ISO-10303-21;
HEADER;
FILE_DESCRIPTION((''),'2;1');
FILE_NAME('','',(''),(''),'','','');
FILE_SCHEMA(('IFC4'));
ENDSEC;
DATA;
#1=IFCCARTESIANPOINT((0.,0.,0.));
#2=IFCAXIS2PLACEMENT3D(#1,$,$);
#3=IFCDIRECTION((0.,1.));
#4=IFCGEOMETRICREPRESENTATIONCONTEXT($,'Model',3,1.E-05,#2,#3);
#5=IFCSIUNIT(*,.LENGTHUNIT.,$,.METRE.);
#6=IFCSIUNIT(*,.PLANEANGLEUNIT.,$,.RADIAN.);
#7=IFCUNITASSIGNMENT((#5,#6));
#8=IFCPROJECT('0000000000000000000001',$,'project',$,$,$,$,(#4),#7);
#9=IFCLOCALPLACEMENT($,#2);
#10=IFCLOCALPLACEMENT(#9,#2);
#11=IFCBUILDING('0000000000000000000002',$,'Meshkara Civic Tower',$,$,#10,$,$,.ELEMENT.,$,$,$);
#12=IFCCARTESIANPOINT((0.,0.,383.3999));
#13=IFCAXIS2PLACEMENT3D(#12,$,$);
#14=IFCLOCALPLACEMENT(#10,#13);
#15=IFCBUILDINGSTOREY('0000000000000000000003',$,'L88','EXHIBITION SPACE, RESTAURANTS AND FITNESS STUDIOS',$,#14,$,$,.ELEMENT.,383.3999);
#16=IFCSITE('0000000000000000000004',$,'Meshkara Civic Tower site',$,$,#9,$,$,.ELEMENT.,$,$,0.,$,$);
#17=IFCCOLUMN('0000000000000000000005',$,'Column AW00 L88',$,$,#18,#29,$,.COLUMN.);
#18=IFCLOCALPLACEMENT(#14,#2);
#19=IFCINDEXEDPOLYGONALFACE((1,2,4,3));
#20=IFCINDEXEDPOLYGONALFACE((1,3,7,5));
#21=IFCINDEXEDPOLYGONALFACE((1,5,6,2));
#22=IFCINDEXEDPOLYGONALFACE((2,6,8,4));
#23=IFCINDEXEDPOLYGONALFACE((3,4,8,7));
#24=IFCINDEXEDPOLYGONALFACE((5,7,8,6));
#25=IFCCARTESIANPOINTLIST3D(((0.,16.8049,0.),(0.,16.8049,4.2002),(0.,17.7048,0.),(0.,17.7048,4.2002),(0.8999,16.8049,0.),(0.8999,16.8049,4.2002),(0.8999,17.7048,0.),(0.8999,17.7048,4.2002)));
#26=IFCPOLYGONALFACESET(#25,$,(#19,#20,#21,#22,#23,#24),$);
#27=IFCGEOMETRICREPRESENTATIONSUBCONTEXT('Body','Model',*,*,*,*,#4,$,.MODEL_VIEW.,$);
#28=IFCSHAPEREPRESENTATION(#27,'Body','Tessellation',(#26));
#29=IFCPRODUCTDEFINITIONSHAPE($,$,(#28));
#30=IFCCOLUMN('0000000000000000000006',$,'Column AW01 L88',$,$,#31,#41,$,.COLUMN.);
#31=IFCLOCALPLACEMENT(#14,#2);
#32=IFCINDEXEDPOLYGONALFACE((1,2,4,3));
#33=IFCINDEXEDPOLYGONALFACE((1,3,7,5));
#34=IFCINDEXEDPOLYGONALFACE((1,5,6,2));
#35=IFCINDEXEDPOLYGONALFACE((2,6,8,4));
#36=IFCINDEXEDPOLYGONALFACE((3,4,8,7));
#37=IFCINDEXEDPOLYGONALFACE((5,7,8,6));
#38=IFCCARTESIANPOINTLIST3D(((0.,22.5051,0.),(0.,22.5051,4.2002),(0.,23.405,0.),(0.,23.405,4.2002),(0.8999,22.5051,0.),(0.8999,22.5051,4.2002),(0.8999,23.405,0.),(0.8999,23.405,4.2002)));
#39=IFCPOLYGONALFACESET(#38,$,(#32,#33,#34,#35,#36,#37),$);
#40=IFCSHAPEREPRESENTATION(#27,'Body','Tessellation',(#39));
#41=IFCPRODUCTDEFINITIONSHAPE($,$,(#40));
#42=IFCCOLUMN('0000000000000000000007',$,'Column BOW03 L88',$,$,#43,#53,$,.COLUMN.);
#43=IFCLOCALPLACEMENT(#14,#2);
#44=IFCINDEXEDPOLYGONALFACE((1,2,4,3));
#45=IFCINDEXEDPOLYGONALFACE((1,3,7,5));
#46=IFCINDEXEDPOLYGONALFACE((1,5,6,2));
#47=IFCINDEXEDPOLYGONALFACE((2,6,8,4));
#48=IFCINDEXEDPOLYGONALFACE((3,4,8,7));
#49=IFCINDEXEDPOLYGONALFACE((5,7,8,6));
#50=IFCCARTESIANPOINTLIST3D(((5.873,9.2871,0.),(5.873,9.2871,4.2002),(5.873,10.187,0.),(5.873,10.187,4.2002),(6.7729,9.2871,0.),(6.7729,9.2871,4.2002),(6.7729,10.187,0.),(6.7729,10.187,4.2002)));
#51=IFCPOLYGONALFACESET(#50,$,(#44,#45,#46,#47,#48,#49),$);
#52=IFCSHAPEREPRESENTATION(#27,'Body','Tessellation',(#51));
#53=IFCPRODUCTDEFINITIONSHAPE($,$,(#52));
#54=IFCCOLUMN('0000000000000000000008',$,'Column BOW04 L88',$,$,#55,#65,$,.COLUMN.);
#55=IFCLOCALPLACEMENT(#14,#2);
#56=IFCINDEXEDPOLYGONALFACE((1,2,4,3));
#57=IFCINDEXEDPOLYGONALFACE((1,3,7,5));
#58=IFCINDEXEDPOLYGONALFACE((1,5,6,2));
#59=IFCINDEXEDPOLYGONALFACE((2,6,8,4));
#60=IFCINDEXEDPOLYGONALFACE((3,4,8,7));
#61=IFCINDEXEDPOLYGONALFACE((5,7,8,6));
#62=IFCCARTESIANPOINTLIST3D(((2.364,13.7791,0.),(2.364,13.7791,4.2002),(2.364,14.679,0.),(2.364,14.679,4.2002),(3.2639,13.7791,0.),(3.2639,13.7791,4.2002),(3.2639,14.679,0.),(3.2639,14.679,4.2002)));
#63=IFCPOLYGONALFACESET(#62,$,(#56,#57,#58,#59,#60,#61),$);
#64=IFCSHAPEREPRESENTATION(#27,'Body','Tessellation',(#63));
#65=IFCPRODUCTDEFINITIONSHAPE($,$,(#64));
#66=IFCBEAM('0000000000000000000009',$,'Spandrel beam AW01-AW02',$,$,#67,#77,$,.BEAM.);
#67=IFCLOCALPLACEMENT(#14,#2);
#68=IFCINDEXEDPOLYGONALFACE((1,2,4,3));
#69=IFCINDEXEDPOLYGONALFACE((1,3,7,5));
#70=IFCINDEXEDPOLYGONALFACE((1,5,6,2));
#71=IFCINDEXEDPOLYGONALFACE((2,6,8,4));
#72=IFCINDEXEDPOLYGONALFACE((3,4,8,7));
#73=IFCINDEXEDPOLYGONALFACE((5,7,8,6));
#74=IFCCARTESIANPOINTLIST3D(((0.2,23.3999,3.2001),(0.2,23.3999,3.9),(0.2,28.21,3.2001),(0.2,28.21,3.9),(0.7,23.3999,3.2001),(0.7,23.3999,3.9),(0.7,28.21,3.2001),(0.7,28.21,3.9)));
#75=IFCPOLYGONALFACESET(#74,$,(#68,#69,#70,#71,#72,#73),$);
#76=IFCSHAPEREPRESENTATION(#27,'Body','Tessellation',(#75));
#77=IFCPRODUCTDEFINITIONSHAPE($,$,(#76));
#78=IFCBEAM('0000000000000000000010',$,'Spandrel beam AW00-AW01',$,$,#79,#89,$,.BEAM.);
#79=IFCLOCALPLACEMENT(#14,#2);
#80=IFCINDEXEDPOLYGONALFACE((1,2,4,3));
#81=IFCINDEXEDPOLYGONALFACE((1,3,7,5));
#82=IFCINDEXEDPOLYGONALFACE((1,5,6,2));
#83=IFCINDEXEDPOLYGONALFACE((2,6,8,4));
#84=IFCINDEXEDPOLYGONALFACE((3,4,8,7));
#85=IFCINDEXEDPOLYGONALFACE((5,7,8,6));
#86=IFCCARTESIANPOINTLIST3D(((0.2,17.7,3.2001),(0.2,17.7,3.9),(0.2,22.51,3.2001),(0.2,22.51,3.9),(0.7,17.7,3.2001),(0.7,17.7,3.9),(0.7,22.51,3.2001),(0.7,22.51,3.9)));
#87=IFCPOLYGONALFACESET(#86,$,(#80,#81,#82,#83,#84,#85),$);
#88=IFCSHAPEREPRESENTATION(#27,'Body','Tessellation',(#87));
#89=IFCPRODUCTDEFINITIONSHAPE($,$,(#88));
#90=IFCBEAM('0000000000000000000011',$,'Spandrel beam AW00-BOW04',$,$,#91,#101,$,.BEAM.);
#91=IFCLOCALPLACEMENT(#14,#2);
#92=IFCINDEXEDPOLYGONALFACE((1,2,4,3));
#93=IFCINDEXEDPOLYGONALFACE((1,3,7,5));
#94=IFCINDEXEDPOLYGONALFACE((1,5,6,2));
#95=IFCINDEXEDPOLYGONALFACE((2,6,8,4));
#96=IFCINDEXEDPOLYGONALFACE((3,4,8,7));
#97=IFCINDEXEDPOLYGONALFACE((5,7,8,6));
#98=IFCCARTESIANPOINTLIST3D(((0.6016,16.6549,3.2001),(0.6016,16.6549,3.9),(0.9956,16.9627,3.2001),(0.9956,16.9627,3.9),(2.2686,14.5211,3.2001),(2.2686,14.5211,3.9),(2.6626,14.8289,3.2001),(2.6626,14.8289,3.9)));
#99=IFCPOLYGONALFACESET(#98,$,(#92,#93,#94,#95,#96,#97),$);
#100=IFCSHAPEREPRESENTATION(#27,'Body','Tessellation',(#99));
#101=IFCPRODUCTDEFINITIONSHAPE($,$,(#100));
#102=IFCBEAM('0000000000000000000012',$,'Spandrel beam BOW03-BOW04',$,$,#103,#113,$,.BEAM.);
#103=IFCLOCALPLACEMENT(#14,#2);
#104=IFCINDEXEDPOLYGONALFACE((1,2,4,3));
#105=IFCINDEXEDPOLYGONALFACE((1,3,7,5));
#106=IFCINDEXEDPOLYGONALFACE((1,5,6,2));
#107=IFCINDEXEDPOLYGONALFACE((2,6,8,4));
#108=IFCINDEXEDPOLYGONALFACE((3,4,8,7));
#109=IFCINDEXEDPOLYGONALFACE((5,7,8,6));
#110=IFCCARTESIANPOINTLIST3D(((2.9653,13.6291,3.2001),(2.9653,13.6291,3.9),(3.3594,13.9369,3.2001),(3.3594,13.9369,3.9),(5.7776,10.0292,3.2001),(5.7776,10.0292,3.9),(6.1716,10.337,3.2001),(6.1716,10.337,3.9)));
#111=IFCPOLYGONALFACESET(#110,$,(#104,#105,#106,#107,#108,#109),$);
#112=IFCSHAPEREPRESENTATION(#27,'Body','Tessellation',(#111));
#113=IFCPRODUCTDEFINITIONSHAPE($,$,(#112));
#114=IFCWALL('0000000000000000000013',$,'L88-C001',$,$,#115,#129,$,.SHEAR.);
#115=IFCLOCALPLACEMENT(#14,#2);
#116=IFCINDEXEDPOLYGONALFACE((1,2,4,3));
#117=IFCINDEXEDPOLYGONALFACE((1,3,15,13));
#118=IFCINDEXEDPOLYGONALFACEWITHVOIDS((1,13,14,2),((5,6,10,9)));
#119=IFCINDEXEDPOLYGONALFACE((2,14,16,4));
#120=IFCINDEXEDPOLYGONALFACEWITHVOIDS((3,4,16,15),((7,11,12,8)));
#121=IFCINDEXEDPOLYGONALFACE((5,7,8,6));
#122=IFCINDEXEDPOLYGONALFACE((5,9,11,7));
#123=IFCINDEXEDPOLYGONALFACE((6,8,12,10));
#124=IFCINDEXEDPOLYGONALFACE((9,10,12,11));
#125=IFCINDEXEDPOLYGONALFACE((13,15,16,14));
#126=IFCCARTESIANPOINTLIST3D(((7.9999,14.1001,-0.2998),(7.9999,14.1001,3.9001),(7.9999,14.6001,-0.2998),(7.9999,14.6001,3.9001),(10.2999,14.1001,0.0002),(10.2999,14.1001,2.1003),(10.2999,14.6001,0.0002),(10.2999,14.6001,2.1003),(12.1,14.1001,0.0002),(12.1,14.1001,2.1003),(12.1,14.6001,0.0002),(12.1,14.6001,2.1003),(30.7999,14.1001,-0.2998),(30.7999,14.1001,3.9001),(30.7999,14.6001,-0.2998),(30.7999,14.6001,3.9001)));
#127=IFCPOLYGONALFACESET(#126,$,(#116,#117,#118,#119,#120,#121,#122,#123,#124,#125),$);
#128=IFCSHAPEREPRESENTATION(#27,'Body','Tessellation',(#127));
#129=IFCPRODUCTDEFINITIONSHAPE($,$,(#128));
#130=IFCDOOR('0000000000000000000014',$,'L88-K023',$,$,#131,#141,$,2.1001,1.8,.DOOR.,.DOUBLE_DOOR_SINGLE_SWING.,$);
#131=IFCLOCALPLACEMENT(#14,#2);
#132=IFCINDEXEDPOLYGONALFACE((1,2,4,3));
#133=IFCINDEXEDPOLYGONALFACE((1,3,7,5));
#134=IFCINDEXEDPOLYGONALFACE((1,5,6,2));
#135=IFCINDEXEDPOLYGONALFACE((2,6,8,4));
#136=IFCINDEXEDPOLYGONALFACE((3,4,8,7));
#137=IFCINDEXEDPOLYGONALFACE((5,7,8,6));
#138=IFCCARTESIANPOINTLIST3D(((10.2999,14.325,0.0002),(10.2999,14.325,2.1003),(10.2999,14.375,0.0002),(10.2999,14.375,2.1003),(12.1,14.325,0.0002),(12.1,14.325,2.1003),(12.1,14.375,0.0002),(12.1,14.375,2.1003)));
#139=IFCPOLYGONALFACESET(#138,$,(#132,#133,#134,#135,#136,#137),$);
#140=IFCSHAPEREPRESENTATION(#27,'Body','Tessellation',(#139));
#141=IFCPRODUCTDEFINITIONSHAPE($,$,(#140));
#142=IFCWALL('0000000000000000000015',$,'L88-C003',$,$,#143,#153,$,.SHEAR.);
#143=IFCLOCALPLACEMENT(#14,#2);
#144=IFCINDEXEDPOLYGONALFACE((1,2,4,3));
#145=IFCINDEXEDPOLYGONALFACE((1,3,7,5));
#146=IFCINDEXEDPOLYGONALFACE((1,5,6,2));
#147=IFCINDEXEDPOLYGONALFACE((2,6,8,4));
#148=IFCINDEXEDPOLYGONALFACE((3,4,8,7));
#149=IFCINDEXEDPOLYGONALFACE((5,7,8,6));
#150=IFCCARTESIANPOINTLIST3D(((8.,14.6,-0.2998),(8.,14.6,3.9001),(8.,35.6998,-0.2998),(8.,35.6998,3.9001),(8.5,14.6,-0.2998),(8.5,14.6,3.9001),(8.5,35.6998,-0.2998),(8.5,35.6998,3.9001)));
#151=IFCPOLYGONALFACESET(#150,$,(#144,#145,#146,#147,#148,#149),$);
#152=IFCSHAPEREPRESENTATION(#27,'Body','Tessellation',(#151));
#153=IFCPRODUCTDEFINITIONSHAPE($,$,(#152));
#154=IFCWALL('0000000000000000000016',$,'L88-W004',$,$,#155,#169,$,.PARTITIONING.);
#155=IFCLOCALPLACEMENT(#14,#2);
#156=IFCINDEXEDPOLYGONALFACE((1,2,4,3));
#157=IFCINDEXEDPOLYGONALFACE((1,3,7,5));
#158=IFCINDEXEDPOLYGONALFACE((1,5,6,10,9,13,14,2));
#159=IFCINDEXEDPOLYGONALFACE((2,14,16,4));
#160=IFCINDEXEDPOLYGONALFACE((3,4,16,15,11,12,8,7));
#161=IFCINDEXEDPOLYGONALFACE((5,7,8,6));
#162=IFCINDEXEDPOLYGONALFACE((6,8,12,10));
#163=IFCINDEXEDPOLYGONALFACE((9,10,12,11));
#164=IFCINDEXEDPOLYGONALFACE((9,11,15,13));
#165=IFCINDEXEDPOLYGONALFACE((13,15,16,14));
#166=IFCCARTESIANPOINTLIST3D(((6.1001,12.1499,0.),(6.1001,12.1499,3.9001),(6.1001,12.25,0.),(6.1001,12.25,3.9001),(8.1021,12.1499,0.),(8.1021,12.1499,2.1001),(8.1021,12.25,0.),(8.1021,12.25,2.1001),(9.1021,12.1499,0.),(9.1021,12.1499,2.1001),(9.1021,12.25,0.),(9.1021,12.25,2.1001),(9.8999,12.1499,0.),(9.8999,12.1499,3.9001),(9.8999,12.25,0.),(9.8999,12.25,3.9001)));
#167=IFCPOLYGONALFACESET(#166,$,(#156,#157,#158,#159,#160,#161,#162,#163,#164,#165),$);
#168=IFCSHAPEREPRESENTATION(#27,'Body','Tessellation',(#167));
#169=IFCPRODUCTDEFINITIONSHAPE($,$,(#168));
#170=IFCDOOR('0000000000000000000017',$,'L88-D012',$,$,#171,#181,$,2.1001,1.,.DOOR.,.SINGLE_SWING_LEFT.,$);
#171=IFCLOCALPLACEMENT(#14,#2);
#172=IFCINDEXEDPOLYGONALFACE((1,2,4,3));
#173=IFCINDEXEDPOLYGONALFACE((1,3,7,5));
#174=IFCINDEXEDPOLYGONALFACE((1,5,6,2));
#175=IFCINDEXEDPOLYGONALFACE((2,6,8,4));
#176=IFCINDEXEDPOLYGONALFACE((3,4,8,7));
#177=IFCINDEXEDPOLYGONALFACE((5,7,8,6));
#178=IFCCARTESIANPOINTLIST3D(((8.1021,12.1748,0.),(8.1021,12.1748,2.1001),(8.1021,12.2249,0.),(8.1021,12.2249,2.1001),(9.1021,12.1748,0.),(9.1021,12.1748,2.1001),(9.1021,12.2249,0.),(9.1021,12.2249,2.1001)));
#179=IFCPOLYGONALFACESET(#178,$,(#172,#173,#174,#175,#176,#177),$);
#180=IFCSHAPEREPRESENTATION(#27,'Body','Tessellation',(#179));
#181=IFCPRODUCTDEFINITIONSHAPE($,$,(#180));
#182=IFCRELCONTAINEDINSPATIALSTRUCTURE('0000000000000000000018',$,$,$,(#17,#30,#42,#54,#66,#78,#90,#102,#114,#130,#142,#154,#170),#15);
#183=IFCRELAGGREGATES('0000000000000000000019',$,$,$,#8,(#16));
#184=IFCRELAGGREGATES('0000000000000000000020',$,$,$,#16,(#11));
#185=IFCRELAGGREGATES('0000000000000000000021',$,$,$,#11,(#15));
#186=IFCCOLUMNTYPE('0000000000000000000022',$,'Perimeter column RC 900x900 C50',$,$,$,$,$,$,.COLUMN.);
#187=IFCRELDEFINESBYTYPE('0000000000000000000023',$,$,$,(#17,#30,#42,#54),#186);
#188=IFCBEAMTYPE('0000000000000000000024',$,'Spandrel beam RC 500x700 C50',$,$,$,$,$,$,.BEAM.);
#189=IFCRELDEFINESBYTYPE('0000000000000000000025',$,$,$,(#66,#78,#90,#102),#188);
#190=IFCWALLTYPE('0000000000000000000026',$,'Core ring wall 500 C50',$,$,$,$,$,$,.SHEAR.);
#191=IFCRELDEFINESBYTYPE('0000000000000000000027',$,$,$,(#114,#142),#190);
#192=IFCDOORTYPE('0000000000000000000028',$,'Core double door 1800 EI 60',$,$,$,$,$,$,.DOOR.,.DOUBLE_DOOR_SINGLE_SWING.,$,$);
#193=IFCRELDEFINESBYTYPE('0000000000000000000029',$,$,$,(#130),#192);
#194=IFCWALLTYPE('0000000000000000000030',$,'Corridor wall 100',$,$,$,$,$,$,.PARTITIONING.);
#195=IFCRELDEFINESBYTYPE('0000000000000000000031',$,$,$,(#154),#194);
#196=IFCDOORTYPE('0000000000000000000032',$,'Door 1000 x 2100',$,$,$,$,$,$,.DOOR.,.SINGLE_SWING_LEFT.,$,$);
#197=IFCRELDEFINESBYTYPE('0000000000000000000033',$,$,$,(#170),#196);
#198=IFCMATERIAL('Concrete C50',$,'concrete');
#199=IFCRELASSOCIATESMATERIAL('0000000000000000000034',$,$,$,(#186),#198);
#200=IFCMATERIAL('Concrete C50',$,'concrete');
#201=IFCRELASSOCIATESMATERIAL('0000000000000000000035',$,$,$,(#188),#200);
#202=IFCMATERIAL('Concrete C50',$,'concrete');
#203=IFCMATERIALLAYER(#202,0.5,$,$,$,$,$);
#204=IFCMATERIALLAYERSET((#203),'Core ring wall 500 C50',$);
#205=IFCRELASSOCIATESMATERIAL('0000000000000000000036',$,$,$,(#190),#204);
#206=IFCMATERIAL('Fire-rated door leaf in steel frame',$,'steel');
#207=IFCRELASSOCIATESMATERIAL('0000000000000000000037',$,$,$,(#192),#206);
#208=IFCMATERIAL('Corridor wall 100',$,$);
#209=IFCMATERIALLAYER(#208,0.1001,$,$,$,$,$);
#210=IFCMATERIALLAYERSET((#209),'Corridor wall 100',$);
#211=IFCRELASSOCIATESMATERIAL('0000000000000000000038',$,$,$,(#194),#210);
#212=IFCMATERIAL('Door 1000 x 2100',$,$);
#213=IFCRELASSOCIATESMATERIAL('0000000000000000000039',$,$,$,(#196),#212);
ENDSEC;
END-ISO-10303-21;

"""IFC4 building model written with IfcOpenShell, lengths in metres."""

from ifc_helpers import new_model, si_unit, direction, frame, frame_2d, origin, origin_2d, place, context, subcontext, project, spatial, rectangle, extrude, material, layer, layer_set, material_profile, profile_set, type_object, element, fill, save


model = new_model("IFC4")

# Units and contexts
model_context = context("Model", 3, precision=1e-05, world=origin(), true_north=direction((0.0, 1.0)))
body_context = subcontext(model_context, "Body", "Model", "MODEL_VIEW")
ifc_project = project(units=[si_unit("LENGTHUNIT", "METRE"), si_unit("PLANEANGLEUNIT", "RADIAN")], contexts=[model_context])

# Site, building, storey
site_placement = place(None, origin())
site = spatial("IfcSite", under=ifc_project, at=site_placement, Name="Meshkara Civic Tower site", CompositionType="ELEMENT", RefElevation=0.0)
building_placement = place(site_placement, origin())
building = spatial("IfcBuilding", under=site, at=building_placement, Name="Meshkara Civic Tower", CompositionType="ELEMENT")
storey_placement = place(building_placement, frame((0.0, 0.0, 383.3999)))
storey = spatial("IfcBuildingStorey", under=building, at=storey_placement, Name="L88", Description="EXHIBITION SPACE, RESTAURANTS AND FITNESS STUDIOS", CompositionType="ELEMENT", Elevation=383.3999)

# Columns
ifc_material_1 = material(Name="Concrete C50", Category="concrete")
ifc_material_profile_1 = material_profile(ifc_material_1, rectangle(XDim=0.8999, YDim=0.8999, at=origin_2d()))
ifc_profile_set_1 = profile_set([ifc_material_profile_1], Name="Concrete C50")
column_type = type_object("IfcColumnType", Name="Perimeter column RC 900x900 C50", PredefinedType="COLUMN", material=ifc_profile_set_1)
for number, where, z_axis, x_axis, name in (
    (1, (0.45, 17.2549, 0.0), (0.0, 0.0, 1.0), (1.0, 0.0, 0.0), "Column AW00 L88"),
    (2, (0.45, 22.9551, 0.0), (0.0, 0.0, 1.0), (1.0, 0.0, 0.0), "Column AW01 L88"),
    (3, (6.323, 9.7371, 0.0), (0.0, 0.0, 1.0), (1.0, 0.0, 0.0), "Column BOW03 L88"),
    (4, (2.814, 14.229, 0.0), (0.0, 0.0, 1.0), (1.0, 0.0, 0.0), "Column BOW04 L88"),
):
    element("IfcColumn", number, at=place(storey_placement, frame(where, z_axis=z_axis, x_axis=x_axis)), inside=storey, type_object=column_type, Name=name, PredefinedType="COLUMN", context=body_context, shape_type="SweptSolid", body=[
        extrude(rectangle(XDim=0.8999, YDim=0.8999, at=origin_2d()), origin(), (0.0, 0.0, 1.0), 4.2002),
    ])

# Beams
ifc_material_2 = material(Name="Concrete C50", Category="concrete")
ifc_material_profile_2 = material_profile(ifc_material_2, rectangle(XDim=0.5, YDim=0.7, at=origin_2d()))
ifc_profile_set_2 = profile_set([ifc_material_profile_2], Name="Concrete C50")
beam_type = type_object("IfcBeamType", Name="Spandrel beam RC 500x700 C50", PredefinedType="BEAM", material=ifc_profile_set_2)
for number, where, z_axis, x_axis, name in (
    (5, (0.45, 28.21, 3.55), (0.0, -1.0, 0.0), (1.0, 0.0, 0.0), "Spandrel beam AW01-AW02"),
    (6, (0.45, 22.51, 3.55), (0.0, -1.0, 0.0), (1.0, 0.0, 0.0), "Spandrel beam AW00-AW01"),
):
    element("IfcBeam", number, at=place(storey_placement, frame(where, z_axis=z_axis, x_axis=x_axis)), inside=storey, type_object=beam_type, Name=name, PredefinedType="BEAM", context=body_context, shape_type="SweptSolid", body=[
        extrude(rectangle(XDim=0.5, YDim=0.7, at=origin_2d()), origin(), (0.0, 0.0, 1.0), 4.8101),
    ])
beam_1_placement = place(storey_placement, frame((0.7986, 16.8088, 3.55), z_axis=(0.615637, -0.78803, 0.0), x_axis=(0.78803, 0.615637, 0.0)))
element("IfcBeam", 7, at=beam_1_placement, inside=storey, type_object=beam_type, Name="Spandrel beam AW00-BOW04", PredefinedType="BEAM", context=body_context, shape_type="SweptSolid", body=[
    extrude(rectangle(XDim=0.5, YDim=0.7, at=origin_2d()), origin(), (0.0, 0.0, 1.0), 2.7078),
])
beam_2_placement = place(storey_placement, frame((3.1624, 13.783, 3.55), z_axis=(0.615626, -0.788038, 0.0), x_axis=(0.788038, 0.615626, 0.0)))
element("IfcBeam", 8, at=beam_2_placement, inside=storey, type_object=beam_type, Name="Spandrel beam BOW03-BOW04", PredefinedType="BEAM", context=body_context, shape_type="SweptSolid", body=[
    extrude(rectangle(XDim=0.5, YDim=0.7, at=origin_2d()), origin(), (0.0, 0.0, 1.0), 4.5681),
])

# Wall, opening, door
ifc_material_3 = material(Name="Concrete C50", Category="concrete")
ifc_layer_1 = layer(ifc_material_3, 0.5)
ifc_layer_set_1 = layer_set([ifc_layer_1], Name="Core ring wall 500 C50")
wall_type_1 = type_object("IfcWallType", Name="Core ring wall 500 C50", PredefinedType="SHEAR", material=ifc_layer_set_1)
wall_1_placement = place(storey_placement, frame((8.0, 14.3501, -0.2998), z_axis=(0.0, 0.0, 1.0), x_axis=(1.0, 0.0, 0.0)))
wall_1 = element("IfcWall", 9, at=wall_1_placement, inside=storey, type_object=wall_type_1, Name="L88-C001", PredefinedType="SHEAR", context=body_context, shape_type="SweptSolid", body=[
    extrude(rectangle(XDim=22.8, YDim=0.5, at=frame_2d((11.3999, 0.0))), origin(), (0.0, 0.0, 1.0), 4.2),
])
opening_1_placement = place(wall_1_placement, frame((2.3, 0.0, 0.3)))
opening_1 = element("IfcOpeningElement", 10, at=opening_1_placement, cuts=wall_1, PredefinedType="OPENING", context=body_context, shape_type="SweptSolid", body=[
    extrude(rectangle(XDim=1.8, YDim=2.1001, at=frame_2d((0.8999, 1.05))), frame((0.0, 0.26, 0.0), z_axis=(0.0, -1.0, 0.0), x_axis=(1.0, 0.0, 0.0)), (0.0, 0.0, 1.0), 0.52),
])
ifc_material_4 = material(Name="Fire-rated door leaf in steel frame", Category="steel")
door_type_1 = type_object("IfcDoorType", Name="Core double door 1800 EI 60", OperationType="DOUBLE_DOOR_SINGLE_SWING", PredefinedType="DOOR", material=ifc_material_4)
door_1_placement = place(opening_1_placement, origin())
door_1 = element("IfcDoor", 11, at=door_1_placement, inside=storey, type_object=door_type_1, Name="L88-K023", OperationType="DOUBLE_DOOR_SINGLE_SWING", OverallHeight=2.1001, OverallWidth=1.8, PredefinedType="DOOR", context=body_context, shape_type="SweptSolid", body=[
    extrude(rectangle(XDim=1.8, YDim=2.1001, at=frame_2d((0.8999, 1.05))), frame((0.0, 0.0249, 0.0), z_axis=(0.0, -1.0, 0.0), x_axis=(1.0, 0.0, 0.0)), (0.0, 0.0, 1.0), 0.05),
])
fill(opening_1, door_1)

# Wall
wall_2_placement = place(storey_placement, frame((8.25, 14.6001, -0.2998), z_axis=(0.0, 0.0, 1.0), x_axis=(0.0, 1.0, 0.0)))
element("IfcWall", 12, at=wall_2_placement, inside=storey, type_object=wall_type_1, Name="L88-C003", PredefinedType="SHEAR", context=body_context, shape_type="SweptSolid", body=[
    extrude(rectangle(XDim=21.0999, YDim=0.5, at=frame_2d((10.5498, 0.0))), origin(), (0.0, 0.0, 1.0), 4.2),
])

# Wall, opening, door
ifc_material_5 = material(Name="Corridor wall 100")
ifc_layer_2 = layer(ifc_material_5, 0.1001)
ifc_layer_set_2 = layer_set([ifc_layer_2], Name="Corridor wall 100")
wall_type_2 = type_object("IfcWallType", Name="Corridor wall 100", PredefinedType="PARTITIONING", material=ifc_layer_set_2)
wall_3_placement = place(storey_placement, frame((6.1001, 12.2, 0.0), z_axis=(0.0, 0.0, 1.0), x_axis=(1.0, 0.0, 0.0)))
wall_3 = element("IfcWall", 13, at=wall_3_placement, inside=storey, type_object=wall_type_2, Name="L88-W004", PredefinedType="PARTITIONING", context=body_context, shape_type="SweptSolid", body=[
    extrude(rectangle(XDim=3.7998, YDim=0.1001, at=frame_2d((1.8999, 0.0))), origin(), (0.0, 0.0, 1.0), 3.9001),
])
opening_2_placement = place(wall_3_placement, frame((2.002, 0.0, 0.0)))
opening_2 = element("IfcOpeningElement", 14, at=opening_2_placement, cuts=wall_3, PredefinedType="OPENING", context=body_context, shape_type="SweptSolid", body=[
    extrude(rectangle(XDim=1.0, YDim=2.1001, at=frame_2d((0.5, 1.05))), frame((0.0, 0.0601, 0.0), z_axis=(0.0, -1.0, 0.0), x_axis=(1.0, 0.0, 0.0)), (0.0, 0.0, 1.0), 0.1201),
])
ifc_material_6 = material(Name="Door 1000 x 2100")
door_type_2 = type_object("IfcDoorType", Name="Door 1000 x 2100", OperationType="SINGLE_SWING_LEFT", PredefinedType="DOOR", material=ifc_material_6)
door_2_placement = place(opening_2_placement, origin())
door_2 = element("IfcDoor", 15, at=door_2_placement, inside=storey, type_object=door_type_2, Name="L88-D012", OperationType="SINGLE_SWING_LEFT", OverallHeight=2.1001, OverallWidth=1.0, PredefinedType="DOOR", context=body_context, shape_type="SweptSolid", body=[
    extrude(rectangle(XDim=1.0, YDim=2.1001, at=frame_2d((0.5, 1.05))), frame((0.0, 0.0249, 0.0), z_axis=(0.0, -1.0, 0.0), x_axis=(1.0, 0.0, 0.0)), (0.0, 0.0, 1.0), 0.05),
])
fill(opening_2, door_2)

save(model, "model.ifc")
